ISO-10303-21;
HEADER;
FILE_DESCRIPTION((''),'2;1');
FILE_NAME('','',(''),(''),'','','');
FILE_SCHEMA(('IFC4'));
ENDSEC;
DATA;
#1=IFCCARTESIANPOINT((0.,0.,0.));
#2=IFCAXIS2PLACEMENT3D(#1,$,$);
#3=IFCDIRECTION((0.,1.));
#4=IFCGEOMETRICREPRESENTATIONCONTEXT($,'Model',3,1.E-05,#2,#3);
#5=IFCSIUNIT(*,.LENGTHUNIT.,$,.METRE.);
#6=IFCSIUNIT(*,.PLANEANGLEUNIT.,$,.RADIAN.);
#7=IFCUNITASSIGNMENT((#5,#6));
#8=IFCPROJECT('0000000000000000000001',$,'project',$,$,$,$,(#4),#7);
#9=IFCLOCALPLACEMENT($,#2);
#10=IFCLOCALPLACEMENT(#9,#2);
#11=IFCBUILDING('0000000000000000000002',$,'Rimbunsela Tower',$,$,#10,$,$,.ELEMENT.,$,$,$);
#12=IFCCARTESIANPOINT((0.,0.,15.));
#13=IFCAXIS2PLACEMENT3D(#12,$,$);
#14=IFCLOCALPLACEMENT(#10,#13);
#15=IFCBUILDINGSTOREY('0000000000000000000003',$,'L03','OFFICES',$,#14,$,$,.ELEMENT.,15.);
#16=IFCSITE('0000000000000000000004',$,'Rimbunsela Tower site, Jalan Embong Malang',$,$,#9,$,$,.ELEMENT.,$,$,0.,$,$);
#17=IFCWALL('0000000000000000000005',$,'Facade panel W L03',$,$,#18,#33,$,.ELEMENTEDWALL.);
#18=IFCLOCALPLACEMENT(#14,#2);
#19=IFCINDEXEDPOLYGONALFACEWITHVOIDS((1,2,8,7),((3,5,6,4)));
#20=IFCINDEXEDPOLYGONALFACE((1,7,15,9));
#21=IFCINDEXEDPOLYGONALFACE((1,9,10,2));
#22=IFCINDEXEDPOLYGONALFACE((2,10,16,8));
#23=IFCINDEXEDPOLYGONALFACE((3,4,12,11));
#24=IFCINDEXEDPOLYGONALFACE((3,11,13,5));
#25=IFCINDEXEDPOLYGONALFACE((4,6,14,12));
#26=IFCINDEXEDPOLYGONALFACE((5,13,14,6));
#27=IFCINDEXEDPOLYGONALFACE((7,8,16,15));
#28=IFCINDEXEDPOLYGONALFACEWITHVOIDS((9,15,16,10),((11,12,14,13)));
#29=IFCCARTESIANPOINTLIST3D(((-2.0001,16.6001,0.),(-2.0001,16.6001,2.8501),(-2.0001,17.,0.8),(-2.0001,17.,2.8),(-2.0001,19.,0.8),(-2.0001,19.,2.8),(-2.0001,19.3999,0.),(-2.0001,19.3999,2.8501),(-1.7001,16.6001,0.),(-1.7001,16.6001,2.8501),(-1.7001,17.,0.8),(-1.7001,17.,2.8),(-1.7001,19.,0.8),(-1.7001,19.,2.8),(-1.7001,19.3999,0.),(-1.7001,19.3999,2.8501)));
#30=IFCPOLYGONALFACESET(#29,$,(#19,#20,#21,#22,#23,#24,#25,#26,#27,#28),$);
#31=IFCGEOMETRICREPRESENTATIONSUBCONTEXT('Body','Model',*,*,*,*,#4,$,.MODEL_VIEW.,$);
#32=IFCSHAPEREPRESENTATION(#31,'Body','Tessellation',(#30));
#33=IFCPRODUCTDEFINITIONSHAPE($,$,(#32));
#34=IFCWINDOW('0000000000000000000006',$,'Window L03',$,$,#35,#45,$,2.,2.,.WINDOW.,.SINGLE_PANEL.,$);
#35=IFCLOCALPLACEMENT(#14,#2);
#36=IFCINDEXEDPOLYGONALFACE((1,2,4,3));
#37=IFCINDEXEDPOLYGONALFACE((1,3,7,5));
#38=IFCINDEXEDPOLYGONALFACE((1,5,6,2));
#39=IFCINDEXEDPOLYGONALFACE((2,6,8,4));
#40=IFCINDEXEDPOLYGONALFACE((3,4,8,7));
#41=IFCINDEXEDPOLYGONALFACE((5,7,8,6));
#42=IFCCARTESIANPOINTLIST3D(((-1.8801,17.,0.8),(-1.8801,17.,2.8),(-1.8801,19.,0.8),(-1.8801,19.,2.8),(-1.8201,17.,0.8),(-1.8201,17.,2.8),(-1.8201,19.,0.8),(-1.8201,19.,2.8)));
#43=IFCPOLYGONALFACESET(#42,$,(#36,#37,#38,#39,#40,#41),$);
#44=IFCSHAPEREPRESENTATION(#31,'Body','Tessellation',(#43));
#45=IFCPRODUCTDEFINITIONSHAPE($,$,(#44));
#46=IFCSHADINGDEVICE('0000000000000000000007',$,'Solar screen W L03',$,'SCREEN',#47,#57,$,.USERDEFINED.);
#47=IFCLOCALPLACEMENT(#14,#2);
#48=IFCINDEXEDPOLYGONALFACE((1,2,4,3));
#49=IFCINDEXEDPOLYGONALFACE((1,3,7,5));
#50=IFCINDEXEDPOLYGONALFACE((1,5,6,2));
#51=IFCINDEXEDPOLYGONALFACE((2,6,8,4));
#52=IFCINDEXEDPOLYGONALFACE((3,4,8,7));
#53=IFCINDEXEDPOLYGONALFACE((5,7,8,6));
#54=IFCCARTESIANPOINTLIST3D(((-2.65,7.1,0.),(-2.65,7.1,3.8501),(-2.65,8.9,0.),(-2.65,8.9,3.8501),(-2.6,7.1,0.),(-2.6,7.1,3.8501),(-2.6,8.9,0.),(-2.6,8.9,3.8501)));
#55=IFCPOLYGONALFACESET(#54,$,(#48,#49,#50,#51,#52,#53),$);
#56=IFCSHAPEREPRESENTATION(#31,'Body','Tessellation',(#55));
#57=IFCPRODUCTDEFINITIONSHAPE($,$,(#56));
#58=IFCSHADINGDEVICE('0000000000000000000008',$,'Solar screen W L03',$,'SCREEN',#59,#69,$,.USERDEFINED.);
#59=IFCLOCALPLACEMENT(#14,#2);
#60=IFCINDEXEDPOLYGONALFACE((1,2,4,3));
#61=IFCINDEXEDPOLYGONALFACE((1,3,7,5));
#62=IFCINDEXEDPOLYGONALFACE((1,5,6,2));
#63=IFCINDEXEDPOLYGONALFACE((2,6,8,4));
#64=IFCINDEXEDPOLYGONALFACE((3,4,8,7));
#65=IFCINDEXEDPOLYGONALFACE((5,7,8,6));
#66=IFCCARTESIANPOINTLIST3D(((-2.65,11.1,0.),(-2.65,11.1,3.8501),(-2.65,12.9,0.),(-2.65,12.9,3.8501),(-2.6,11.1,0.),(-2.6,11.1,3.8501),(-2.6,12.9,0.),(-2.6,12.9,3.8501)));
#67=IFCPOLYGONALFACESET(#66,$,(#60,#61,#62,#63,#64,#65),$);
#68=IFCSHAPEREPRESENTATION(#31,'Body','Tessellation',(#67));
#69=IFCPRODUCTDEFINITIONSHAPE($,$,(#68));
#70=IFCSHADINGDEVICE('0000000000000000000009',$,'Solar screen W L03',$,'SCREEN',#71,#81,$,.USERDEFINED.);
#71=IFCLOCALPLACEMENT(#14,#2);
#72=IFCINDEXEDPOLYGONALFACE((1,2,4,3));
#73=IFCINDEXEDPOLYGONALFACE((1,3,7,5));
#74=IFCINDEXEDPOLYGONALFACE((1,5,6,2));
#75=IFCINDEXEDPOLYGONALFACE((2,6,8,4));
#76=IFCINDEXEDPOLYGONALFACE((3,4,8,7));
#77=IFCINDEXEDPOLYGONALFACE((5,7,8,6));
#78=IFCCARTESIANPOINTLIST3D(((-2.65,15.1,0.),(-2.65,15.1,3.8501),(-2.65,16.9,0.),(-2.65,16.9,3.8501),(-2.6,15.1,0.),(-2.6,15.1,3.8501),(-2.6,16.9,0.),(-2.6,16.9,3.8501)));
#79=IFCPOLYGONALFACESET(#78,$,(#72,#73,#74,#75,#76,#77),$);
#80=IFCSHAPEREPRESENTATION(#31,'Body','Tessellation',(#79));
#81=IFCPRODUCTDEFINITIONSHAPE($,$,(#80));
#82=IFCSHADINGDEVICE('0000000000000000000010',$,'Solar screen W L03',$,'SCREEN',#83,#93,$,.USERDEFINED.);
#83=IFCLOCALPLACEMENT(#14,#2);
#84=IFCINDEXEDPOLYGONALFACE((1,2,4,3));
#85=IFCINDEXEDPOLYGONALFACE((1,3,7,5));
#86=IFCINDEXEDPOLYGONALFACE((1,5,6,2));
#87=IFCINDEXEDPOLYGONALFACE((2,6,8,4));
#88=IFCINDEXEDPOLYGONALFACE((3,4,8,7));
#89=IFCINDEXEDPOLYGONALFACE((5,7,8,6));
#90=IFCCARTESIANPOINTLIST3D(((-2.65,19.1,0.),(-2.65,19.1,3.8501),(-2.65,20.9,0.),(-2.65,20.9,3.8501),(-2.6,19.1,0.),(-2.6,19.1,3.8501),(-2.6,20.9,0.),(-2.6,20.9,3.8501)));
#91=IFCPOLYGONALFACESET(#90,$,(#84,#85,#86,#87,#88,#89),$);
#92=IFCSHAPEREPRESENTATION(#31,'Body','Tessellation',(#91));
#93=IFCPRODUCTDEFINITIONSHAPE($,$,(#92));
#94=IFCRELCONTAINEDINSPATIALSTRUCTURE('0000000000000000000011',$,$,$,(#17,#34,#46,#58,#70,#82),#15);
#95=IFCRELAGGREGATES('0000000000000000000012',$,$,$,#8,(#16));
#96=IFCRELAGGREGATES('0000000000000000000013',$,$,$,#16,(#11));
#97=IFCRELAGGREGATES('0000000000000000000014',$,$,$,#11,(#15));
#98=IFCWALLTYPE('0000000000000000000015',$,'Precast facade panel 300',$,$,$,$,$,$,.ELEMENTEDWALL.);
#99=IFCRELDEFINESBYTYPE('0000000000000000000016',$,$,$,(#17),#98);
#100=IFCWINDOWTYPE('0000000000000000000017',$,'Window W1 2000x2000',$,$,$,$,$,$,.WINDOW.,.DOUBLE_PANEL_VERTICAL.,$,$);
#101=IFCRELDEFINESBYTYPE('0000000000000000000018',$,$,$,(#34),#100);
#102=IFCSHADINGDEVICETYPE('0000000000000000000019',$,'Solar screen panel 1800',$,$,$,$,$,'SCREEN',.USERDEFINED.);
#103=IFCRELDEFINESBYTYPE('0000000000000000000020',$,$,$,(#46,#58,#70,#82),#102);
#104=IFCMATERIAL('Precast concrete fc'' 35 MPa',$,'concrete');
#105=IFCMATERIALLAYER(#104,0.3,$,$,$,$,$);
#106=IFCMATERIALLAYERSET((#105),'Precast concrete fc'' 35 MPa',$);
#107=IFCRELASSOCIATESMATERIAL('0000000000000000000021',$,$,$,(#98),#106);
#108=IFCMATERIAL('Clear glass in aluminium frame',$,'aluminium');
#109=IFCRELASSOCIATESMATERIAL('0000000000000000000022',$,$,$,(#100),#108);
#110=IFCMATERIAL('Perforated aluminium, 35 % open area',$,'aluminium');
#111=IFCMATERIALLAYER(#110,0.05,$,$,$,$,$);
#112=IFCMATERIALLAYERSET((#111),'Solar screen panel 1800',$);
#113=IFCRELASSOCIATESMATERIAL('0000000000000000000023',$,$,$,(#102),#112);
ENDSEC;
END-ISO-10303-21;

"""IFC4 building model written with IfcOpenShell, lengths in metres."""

from ifc_helpers import new_model, si_unit, direction, frame, frame_2d, origin, origin_2d, place, context, subcontext, project, spatial, rectangle, extrude, material, layer, layer_set, type_object, element, fill, save


model = new_model("IFC4")

# Units and contexts
model_context = context("Model", 3, precision=1e-05, world=origin(), true_north=direction((0.0, 1.0)))
body_context = subcontext(model_context, "Body", "Model", "MODEL_VIEW")
ifc_project = project(units=[si_unit("LENGTHUNIT", "METRE"), si_unit("PLANEANGLEUNIT", "RADIAN")], contexts=[model_context])

# Site, building, storey
site_placement = place(None, origin())
site = spatial("IfcSite", under=ifc_project, at=site_placement, Name="Rimbunsela Tower site, Jalan Embong Malang", CompositionType="ELEMENT", RefElevation=0.0)
building_placement = place(site_placement, origin())
building = spatial("IfcBuilding", under=site, at=building_placement, Name="Rimbunsela Tower", CompositionType="ELEMENT")
storey_placement = place(building_placement, frame((0.0, 0.0, 15.0)))
storey = spatial("IfcBuildingStorey", under=building, at=storey_placement, Name="L03", Description="OFFICES", CompositionType="ELEMENT", Elevation=15.0)

# Wall, opening, window
ifc_material_1 = material(Name="Precast concrete fc' 35 MPa", Category="concrete")
ifc_layer_1 = layer(ifc_material_1, 0.3)
ifc_layer_set_1 = layer_set([ifc_layer_1], Name="Precast concrete fc' 35 MPa")
wall_type = type_object("IfcWallType", Name="Precast facade panel 300", PredefinedType="ELEMENTEDWALL", material=ifc_layer_set_1)
ifc_material_2 = material(Name="Clear glass in aluminium frame", Category="aluminium")
window_type = type_object("IfcWindowType", Name="Window W1 2000x2000", PartitioningType="DOUBLE_PANEL_VERTICAL", PredefinedType="WINDOW", material=ifc_material_2)
wall_1_placement = place(storey_placement, frame((-1.8501, 19.3999, 0.0), z_axis=(0.0, 0.0, 1.0), x_axis=(0.0, -1.0, 0.0)))
wall_1 = element("IfcWall", 1, at=wall_1_placement, inside=storey, type_object=wall_type, Name="Facade panel W L03", PredefinedType="ELEMENTEDWALL", context=body_context, shape_type="SweptSolid", body=[
    extrude(rectangle(XDim=2.7998, YDim=0.3, at=frame_2d((1.3999, 0.0))), origin(), (0.0, 0.0, 1.0), 2.8501),
])
opening_1_placement = place(wall_1_placement, frame((0.3999, 0.0, 0.8)))
opening_1 = element("IfcOpeningElement", 2, at=opening_1_placement, cuts=wall_1, PredefinedType="OPENING", context=body_context, shape_type="SweptSolid", body=[
    extrude(rectangle(XDim=2.0, YDim=2.0, at=frame_2d((1.0, 1.0))), frame((0.0, 0.1599, 0.0), z_axis=(0.0, -1.0, 0.0), x_axis=(1.0, 0.0, 0.0)), (0.0, 0.0, 1.0), 0.3201),
])
window_1_placement = place(opening_1_placement, origin())
window_1 = element("IfcWindow", 3, at=window_1_placement, inside=storey, type_object=window_type, Name="Window L03", OverallHeight=2.0, OverallWidth=2.0, PartitioningType="SINGLE_PANEL", PredefinedType="WINDOW", context=body_context, shape_type="SweptSolid", body=[
    extrude(rectangle(XDim=2.0, YDim=2.0, at=frame_2d((1.0, 1.0))), frame((0.0, 0.03, 0.0), z_axis=(0.0, -1.0, 0.0), x_axis=(1.0, 0.0, 0.0)), (0.0, 0.0, 1.0), 0.0601),
])
fill(opening_1, window_1)

# Shading devices
ifc_material_3 = material(Name="Perforated aluminium, 35 % open area", Category="aluminium")
ifc_layer_2 = layer(ifc_material_3, 0.05)
ifc_layer_set_2 = layer_set([ifc_layer_2], Name="Solar screen panel 1800")
shading_device_type = type_object("IfcShadingDeviceType", Name="Solar screen panel 1800", ElementType="SCREEN", PredefinedType="USERDEFINED", material=ifc_layer_set_2)
for number, where, z_axis, x_axis, name in (
    (4, (-2.625, 8.0, 0.0), (0.0, 0.0, 1.0), (0.0, 1.0, 0.0), "Solar screen W L03"),
    (5, (-2.625, 12.0, 0.0), (0.0, 0.0, 1.0), (0.0, 1.0, 0.0), "Solar screen W L03"),
    (6, (-2.625, 16.0, 0.0), (0.0, 0.0, 1.0), (0.0, 1.0, 0.0), "Solar screen W L03"),
    (7, (-2.625, 20.0, 0.0), (0.0, 0.0, 1.0), (0.0, 1.0, 0.0), "Solar screen W L03"),
):
    element("IfcShadingDevice", number, at=place(storey_placement, frame(where, z_axis=z_axis, x_axis=x_axis)), inside=storey, type_object=shading_device_type, Name=name, ObjectType="SCREEN", PredefinedType="USERDEFINED", context=body_context, shape_type="SweptSolid", body=[
        extrude(rectangle(XDim=1.8, YDim=0.05, at=origin_2d()), origin(), (0.0, 0.0, 1.0), 3.8501),
    ])

save(model, "model.ifc")
